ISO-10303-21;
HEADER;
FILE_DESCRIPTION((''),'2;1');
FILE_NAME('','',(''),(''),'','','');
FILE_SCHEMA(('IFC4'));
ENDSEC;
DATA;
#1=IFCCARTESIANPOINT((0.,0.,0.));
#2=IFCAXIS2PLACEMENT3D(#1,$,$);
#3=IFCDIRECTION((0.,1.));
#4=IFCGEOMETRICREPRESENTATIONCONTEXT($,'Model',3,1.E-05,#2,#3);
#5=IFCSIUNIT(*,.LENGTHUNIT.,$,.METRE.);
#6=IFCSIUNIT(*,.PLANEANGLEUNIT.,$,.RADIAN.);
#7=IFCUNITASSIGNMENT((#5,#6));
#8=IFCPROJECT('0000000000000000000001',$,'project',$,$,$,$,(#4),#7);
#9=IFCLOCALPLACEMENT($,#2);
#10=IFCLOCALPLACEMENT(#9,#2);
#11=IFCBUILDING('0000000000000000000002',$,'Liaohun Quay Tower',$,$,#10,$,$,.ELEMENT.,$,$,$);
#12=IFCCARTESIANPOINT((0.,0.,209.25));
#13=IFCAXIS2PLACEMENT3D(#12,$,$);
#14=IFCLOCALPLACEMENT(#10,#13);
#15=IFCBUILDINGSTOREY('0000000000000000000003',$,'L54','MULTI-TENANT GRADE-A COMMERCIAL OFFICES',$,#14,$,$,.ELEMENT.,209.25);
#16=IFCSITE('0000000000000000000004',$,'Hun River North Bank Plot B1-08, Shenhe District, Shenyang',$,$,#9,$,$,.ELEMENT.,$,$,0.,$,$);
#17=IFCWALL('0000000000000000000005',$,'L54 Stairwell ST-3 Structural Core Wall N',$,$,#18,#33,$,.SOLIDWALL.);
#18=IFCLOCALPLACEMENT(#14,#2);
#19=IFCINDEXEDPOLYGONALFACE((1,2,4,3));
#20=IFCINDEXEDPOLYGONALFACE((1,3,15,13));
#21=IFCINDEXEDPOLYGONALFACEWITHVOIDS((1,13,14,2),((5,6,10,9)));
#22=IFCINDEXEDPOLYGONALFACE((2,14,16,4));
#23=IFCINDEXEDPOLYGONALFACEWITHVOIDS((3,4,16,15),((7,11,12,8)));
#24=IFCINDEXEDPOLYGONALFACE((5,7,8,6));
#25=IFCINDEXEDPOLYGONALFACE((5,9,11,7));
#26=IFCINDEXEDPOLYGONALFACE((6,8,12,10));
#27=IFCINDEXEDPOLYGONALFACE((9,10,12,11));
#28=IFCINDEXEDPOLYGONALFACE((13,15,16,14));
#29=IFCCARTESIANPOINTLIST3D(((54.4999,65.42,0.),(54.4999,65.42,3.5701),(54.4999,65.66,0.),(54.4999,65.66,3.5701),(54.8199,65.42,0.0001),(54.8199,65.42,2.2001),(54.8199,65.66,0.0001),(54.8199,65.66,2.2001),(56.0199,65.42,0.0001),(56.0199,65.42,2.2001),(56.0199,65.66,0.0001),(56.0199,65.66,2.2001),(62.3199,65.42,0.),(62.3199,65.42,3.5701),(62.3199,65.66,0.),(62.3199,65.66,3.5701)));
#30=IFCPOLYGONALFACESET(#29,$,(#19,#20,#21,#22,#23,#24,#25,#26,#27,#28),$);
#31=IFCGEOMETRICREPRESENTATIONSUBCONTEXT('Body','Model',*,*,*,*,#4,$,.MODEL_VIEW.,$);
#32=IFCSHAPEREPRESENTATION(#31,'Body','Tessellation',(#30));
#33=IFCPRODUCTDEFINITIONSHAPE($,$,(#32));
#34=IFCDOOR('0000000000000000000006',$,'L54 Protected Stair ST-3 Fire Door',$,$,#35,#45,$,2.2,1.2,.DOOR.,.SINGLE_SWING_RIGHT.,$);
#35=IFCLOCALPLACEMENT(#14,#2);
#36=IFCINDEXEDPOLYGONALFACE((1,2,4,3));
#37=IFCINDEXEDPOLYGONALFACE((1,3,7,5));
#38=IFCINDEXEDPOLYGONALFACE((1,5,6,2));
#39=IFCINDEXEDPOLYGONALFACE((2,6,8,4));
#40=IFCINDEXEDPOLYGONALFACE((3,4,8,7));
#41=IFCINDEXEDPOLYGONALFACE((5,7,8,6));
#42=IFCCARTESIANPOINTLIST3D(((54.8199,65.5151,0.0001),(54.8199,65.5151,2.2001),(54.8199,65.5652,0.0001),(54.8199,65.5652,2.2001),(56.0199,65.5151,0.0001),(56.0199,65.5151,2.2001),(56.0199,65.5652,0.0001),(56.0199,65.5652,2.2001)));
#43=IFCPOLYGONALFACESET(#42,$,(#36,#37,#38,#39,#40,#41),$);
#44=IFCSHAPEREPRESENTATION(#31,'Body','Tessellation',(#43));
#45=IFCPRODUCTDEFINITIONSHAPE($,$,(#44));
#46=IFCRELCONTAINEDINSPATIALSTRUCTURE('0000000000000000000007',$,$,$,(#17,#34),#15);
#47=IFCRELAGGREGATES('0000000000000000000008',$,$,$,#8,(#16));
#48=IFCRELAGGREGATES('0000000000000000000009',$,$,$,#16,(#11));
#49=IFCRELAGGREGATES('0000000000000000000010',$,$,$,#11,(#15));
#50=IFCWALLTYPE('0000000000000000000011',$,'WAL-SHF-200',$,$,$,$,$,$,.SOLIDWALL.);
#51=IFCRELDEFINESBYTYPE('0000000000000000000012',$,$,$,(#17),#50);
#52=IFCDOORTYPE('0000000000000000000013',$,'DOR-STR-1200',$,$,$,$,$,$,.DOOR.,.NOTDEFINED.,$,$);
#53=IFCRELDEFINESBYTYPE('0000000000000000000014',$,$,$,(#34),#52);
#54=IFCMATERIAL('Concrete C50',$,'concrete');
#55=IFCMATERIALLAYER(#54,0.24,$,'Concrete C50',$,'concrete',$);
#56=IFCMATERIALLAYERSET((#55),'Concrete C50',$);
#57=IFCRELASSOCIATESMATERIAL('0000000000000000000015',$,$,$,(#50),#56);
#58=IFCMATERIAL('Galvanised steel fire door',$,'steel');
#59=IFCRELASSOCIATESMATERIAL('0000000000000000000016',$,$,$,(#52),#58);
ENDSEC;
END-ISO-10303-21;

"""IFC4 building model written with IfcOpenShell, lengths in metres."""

from ifc_helpers import new_model, si_unit, direction, frame, frame_2d, origin, place, context, subcontext, project, spatial, rectangle, extrude, source, transform, mapped, material, layer, layer_set, type_object, element, fill, save


model = new_model("IFC4")

# Units and contexts
model_context = context("Model", 3, precision=1e-05, world=origin(), true_north=direction((0.0, 1.0)))
body_context = subcontext(model_context, "Body", "Model", "MODEL_VIEW")
ifc_project = project(units=[si_unit("LENGTHUNIT", "METRE"), si_unit("PLANEANGLEUNIT", "RADIAN")], contexts=[model_context])

# Site, building, storey
site_placement = place(None, origin())
site = spatial("IfcSite", under=ifc_project, at=site_placement, Name="Hun River North Bank Plot B1-08, Shenhe District, Shenyang", CompositionType="ELEMENT", RefElevation=0.0)
building_placement = place(site_placement, origin())
building = spatial("IfcBuilding", under=site, at=building_placement, Name="Liaohun Quay Tower", CompositionType="ELEMENT")
storey_placement = place(building_placement, frame((0.0, 0.0, 209.25)))
storey = spatial("IfcBuildingStorey", under=building, at=storey_placement, Name="L54", Description="MULTI-TENANT GRADE-A COMMERCIAL OFFICES", CompositionType="ELEMENT", Elevation=209.25)

# Shared definitions
ifc_material_1 = material(Name="Concrete C50", Category="concrete")
ifc_layer_1 = layer(ifc_material_1, 0.24, Name="Concrete C50", Category="concrete")
ifc_layer_set_1 = layer_set([ifc_layer_1], Name="Concrete C50")
wall_type_1 = type_object("IfcWallType", Name="WAL-SHF-200", PredefinedType="SOLIDWALL", material=ifc_layer_set_1)

# Wall, opening, door
wall_1_placement = place(storey_placement, frame((62.3201, 65.54, 0.0), z_axis=(0.0, 0.0, 1.0), x_axis=(-1.0, 0.0, 0.0)))
wall_1 = element("IfcWall", 1, at=wall_1_placement, inside=storey, type_object=wall_type_1, Name="L54 Stairwell ST-3 Structural Core Wall N", PredefinedType="SOLIDWALL", context=body_context, shape_type="SweptSolid", body=[
    extrude(rectangle(XDim=7.8201, YDim=0.24, at=frame_2d((3.9102, 0.0))), origin(), (0.0, 0.0, 1.0), 3.5701),
])
shared_shape_1 = source(origin(), body_context, "Body", "SweptSolid", [
    extrude(rectangle(XDim=1.2, YDim=2.2, at=frame_2d((0.6001, 1.1001))), frame((0.0, 0.1299, 0.0), z_axis=(0.0, -1.0, 0.0), x_axis=(1.0, 0.0, 0.0)), (0.0, 0.0, 1.0), 0.26),
])
opening_1_placement = place(wall_1_placement, frame((6.3, 0.0, 0.0)))
opening_1 = element("IfcOpeningElement", 2, at=opening_1_placement, cuts=wall_1, PredefinedType="OPENING", context=body_context, shape_type="MappedRepresentation", body=[
    mapped(shared_shape_1, transform((0.0, 0.0, 0.0), x_axis=(1.0, 0.0, 0.0), y_axis=(0.0, 1.0, 0.0), z_axis=(0.0, 0.0, 1.0), scale=1.0)),
])
ifc_material_2 = material(Name="Galvanised steel fire door", Category="steel")
door_type_1 = type_object("IfcDoorType", Name="DOR-STR-1200", OperationType="NOTDEFINED", PredefinedType="DOOR", material=ifc_material_2)
shared_shape_2 = source(origin(), body_context, "Body", "SweptSolid", [
    extrude(rectangle(XDim=1.2, YDim=2.2, at=frame_2d((0.6001, 1.1001))), frame((0.0, 0.0249, 0.0), z_axis=(0.0, -1.0, 0.0), x_axis=(1.0, 0.0, 0.0)), (0.0, 0.0, 1.0), 0.05),
])
door_1_placement = place(opening_1_placement, origin())
door_1 = element("IfcDoor", 3, at=door_1_placement, inside=storey, type_object=door_type_1, Name="L54 Protected Stair ST-3 Fire Door", OperationType="SINGLE_SWING_RIGHT", OverallHeight=2.2, OverallWidth=1.2, PredefinedType="DOOR", context=body_context, shape_type="MappedRepresentation", body=[
    mapped(shared_shape_2, transform((0.0, 0.0, 0.0), x_axis=(1.0, 0.0, 0.0), y_axis=(0.0, 1.0, 0.0), z_axis=(0.0, 0.0, 1.0), scale=1.0)),
])
fill(opening_1, door_1)

save(model, "model.ifc")
